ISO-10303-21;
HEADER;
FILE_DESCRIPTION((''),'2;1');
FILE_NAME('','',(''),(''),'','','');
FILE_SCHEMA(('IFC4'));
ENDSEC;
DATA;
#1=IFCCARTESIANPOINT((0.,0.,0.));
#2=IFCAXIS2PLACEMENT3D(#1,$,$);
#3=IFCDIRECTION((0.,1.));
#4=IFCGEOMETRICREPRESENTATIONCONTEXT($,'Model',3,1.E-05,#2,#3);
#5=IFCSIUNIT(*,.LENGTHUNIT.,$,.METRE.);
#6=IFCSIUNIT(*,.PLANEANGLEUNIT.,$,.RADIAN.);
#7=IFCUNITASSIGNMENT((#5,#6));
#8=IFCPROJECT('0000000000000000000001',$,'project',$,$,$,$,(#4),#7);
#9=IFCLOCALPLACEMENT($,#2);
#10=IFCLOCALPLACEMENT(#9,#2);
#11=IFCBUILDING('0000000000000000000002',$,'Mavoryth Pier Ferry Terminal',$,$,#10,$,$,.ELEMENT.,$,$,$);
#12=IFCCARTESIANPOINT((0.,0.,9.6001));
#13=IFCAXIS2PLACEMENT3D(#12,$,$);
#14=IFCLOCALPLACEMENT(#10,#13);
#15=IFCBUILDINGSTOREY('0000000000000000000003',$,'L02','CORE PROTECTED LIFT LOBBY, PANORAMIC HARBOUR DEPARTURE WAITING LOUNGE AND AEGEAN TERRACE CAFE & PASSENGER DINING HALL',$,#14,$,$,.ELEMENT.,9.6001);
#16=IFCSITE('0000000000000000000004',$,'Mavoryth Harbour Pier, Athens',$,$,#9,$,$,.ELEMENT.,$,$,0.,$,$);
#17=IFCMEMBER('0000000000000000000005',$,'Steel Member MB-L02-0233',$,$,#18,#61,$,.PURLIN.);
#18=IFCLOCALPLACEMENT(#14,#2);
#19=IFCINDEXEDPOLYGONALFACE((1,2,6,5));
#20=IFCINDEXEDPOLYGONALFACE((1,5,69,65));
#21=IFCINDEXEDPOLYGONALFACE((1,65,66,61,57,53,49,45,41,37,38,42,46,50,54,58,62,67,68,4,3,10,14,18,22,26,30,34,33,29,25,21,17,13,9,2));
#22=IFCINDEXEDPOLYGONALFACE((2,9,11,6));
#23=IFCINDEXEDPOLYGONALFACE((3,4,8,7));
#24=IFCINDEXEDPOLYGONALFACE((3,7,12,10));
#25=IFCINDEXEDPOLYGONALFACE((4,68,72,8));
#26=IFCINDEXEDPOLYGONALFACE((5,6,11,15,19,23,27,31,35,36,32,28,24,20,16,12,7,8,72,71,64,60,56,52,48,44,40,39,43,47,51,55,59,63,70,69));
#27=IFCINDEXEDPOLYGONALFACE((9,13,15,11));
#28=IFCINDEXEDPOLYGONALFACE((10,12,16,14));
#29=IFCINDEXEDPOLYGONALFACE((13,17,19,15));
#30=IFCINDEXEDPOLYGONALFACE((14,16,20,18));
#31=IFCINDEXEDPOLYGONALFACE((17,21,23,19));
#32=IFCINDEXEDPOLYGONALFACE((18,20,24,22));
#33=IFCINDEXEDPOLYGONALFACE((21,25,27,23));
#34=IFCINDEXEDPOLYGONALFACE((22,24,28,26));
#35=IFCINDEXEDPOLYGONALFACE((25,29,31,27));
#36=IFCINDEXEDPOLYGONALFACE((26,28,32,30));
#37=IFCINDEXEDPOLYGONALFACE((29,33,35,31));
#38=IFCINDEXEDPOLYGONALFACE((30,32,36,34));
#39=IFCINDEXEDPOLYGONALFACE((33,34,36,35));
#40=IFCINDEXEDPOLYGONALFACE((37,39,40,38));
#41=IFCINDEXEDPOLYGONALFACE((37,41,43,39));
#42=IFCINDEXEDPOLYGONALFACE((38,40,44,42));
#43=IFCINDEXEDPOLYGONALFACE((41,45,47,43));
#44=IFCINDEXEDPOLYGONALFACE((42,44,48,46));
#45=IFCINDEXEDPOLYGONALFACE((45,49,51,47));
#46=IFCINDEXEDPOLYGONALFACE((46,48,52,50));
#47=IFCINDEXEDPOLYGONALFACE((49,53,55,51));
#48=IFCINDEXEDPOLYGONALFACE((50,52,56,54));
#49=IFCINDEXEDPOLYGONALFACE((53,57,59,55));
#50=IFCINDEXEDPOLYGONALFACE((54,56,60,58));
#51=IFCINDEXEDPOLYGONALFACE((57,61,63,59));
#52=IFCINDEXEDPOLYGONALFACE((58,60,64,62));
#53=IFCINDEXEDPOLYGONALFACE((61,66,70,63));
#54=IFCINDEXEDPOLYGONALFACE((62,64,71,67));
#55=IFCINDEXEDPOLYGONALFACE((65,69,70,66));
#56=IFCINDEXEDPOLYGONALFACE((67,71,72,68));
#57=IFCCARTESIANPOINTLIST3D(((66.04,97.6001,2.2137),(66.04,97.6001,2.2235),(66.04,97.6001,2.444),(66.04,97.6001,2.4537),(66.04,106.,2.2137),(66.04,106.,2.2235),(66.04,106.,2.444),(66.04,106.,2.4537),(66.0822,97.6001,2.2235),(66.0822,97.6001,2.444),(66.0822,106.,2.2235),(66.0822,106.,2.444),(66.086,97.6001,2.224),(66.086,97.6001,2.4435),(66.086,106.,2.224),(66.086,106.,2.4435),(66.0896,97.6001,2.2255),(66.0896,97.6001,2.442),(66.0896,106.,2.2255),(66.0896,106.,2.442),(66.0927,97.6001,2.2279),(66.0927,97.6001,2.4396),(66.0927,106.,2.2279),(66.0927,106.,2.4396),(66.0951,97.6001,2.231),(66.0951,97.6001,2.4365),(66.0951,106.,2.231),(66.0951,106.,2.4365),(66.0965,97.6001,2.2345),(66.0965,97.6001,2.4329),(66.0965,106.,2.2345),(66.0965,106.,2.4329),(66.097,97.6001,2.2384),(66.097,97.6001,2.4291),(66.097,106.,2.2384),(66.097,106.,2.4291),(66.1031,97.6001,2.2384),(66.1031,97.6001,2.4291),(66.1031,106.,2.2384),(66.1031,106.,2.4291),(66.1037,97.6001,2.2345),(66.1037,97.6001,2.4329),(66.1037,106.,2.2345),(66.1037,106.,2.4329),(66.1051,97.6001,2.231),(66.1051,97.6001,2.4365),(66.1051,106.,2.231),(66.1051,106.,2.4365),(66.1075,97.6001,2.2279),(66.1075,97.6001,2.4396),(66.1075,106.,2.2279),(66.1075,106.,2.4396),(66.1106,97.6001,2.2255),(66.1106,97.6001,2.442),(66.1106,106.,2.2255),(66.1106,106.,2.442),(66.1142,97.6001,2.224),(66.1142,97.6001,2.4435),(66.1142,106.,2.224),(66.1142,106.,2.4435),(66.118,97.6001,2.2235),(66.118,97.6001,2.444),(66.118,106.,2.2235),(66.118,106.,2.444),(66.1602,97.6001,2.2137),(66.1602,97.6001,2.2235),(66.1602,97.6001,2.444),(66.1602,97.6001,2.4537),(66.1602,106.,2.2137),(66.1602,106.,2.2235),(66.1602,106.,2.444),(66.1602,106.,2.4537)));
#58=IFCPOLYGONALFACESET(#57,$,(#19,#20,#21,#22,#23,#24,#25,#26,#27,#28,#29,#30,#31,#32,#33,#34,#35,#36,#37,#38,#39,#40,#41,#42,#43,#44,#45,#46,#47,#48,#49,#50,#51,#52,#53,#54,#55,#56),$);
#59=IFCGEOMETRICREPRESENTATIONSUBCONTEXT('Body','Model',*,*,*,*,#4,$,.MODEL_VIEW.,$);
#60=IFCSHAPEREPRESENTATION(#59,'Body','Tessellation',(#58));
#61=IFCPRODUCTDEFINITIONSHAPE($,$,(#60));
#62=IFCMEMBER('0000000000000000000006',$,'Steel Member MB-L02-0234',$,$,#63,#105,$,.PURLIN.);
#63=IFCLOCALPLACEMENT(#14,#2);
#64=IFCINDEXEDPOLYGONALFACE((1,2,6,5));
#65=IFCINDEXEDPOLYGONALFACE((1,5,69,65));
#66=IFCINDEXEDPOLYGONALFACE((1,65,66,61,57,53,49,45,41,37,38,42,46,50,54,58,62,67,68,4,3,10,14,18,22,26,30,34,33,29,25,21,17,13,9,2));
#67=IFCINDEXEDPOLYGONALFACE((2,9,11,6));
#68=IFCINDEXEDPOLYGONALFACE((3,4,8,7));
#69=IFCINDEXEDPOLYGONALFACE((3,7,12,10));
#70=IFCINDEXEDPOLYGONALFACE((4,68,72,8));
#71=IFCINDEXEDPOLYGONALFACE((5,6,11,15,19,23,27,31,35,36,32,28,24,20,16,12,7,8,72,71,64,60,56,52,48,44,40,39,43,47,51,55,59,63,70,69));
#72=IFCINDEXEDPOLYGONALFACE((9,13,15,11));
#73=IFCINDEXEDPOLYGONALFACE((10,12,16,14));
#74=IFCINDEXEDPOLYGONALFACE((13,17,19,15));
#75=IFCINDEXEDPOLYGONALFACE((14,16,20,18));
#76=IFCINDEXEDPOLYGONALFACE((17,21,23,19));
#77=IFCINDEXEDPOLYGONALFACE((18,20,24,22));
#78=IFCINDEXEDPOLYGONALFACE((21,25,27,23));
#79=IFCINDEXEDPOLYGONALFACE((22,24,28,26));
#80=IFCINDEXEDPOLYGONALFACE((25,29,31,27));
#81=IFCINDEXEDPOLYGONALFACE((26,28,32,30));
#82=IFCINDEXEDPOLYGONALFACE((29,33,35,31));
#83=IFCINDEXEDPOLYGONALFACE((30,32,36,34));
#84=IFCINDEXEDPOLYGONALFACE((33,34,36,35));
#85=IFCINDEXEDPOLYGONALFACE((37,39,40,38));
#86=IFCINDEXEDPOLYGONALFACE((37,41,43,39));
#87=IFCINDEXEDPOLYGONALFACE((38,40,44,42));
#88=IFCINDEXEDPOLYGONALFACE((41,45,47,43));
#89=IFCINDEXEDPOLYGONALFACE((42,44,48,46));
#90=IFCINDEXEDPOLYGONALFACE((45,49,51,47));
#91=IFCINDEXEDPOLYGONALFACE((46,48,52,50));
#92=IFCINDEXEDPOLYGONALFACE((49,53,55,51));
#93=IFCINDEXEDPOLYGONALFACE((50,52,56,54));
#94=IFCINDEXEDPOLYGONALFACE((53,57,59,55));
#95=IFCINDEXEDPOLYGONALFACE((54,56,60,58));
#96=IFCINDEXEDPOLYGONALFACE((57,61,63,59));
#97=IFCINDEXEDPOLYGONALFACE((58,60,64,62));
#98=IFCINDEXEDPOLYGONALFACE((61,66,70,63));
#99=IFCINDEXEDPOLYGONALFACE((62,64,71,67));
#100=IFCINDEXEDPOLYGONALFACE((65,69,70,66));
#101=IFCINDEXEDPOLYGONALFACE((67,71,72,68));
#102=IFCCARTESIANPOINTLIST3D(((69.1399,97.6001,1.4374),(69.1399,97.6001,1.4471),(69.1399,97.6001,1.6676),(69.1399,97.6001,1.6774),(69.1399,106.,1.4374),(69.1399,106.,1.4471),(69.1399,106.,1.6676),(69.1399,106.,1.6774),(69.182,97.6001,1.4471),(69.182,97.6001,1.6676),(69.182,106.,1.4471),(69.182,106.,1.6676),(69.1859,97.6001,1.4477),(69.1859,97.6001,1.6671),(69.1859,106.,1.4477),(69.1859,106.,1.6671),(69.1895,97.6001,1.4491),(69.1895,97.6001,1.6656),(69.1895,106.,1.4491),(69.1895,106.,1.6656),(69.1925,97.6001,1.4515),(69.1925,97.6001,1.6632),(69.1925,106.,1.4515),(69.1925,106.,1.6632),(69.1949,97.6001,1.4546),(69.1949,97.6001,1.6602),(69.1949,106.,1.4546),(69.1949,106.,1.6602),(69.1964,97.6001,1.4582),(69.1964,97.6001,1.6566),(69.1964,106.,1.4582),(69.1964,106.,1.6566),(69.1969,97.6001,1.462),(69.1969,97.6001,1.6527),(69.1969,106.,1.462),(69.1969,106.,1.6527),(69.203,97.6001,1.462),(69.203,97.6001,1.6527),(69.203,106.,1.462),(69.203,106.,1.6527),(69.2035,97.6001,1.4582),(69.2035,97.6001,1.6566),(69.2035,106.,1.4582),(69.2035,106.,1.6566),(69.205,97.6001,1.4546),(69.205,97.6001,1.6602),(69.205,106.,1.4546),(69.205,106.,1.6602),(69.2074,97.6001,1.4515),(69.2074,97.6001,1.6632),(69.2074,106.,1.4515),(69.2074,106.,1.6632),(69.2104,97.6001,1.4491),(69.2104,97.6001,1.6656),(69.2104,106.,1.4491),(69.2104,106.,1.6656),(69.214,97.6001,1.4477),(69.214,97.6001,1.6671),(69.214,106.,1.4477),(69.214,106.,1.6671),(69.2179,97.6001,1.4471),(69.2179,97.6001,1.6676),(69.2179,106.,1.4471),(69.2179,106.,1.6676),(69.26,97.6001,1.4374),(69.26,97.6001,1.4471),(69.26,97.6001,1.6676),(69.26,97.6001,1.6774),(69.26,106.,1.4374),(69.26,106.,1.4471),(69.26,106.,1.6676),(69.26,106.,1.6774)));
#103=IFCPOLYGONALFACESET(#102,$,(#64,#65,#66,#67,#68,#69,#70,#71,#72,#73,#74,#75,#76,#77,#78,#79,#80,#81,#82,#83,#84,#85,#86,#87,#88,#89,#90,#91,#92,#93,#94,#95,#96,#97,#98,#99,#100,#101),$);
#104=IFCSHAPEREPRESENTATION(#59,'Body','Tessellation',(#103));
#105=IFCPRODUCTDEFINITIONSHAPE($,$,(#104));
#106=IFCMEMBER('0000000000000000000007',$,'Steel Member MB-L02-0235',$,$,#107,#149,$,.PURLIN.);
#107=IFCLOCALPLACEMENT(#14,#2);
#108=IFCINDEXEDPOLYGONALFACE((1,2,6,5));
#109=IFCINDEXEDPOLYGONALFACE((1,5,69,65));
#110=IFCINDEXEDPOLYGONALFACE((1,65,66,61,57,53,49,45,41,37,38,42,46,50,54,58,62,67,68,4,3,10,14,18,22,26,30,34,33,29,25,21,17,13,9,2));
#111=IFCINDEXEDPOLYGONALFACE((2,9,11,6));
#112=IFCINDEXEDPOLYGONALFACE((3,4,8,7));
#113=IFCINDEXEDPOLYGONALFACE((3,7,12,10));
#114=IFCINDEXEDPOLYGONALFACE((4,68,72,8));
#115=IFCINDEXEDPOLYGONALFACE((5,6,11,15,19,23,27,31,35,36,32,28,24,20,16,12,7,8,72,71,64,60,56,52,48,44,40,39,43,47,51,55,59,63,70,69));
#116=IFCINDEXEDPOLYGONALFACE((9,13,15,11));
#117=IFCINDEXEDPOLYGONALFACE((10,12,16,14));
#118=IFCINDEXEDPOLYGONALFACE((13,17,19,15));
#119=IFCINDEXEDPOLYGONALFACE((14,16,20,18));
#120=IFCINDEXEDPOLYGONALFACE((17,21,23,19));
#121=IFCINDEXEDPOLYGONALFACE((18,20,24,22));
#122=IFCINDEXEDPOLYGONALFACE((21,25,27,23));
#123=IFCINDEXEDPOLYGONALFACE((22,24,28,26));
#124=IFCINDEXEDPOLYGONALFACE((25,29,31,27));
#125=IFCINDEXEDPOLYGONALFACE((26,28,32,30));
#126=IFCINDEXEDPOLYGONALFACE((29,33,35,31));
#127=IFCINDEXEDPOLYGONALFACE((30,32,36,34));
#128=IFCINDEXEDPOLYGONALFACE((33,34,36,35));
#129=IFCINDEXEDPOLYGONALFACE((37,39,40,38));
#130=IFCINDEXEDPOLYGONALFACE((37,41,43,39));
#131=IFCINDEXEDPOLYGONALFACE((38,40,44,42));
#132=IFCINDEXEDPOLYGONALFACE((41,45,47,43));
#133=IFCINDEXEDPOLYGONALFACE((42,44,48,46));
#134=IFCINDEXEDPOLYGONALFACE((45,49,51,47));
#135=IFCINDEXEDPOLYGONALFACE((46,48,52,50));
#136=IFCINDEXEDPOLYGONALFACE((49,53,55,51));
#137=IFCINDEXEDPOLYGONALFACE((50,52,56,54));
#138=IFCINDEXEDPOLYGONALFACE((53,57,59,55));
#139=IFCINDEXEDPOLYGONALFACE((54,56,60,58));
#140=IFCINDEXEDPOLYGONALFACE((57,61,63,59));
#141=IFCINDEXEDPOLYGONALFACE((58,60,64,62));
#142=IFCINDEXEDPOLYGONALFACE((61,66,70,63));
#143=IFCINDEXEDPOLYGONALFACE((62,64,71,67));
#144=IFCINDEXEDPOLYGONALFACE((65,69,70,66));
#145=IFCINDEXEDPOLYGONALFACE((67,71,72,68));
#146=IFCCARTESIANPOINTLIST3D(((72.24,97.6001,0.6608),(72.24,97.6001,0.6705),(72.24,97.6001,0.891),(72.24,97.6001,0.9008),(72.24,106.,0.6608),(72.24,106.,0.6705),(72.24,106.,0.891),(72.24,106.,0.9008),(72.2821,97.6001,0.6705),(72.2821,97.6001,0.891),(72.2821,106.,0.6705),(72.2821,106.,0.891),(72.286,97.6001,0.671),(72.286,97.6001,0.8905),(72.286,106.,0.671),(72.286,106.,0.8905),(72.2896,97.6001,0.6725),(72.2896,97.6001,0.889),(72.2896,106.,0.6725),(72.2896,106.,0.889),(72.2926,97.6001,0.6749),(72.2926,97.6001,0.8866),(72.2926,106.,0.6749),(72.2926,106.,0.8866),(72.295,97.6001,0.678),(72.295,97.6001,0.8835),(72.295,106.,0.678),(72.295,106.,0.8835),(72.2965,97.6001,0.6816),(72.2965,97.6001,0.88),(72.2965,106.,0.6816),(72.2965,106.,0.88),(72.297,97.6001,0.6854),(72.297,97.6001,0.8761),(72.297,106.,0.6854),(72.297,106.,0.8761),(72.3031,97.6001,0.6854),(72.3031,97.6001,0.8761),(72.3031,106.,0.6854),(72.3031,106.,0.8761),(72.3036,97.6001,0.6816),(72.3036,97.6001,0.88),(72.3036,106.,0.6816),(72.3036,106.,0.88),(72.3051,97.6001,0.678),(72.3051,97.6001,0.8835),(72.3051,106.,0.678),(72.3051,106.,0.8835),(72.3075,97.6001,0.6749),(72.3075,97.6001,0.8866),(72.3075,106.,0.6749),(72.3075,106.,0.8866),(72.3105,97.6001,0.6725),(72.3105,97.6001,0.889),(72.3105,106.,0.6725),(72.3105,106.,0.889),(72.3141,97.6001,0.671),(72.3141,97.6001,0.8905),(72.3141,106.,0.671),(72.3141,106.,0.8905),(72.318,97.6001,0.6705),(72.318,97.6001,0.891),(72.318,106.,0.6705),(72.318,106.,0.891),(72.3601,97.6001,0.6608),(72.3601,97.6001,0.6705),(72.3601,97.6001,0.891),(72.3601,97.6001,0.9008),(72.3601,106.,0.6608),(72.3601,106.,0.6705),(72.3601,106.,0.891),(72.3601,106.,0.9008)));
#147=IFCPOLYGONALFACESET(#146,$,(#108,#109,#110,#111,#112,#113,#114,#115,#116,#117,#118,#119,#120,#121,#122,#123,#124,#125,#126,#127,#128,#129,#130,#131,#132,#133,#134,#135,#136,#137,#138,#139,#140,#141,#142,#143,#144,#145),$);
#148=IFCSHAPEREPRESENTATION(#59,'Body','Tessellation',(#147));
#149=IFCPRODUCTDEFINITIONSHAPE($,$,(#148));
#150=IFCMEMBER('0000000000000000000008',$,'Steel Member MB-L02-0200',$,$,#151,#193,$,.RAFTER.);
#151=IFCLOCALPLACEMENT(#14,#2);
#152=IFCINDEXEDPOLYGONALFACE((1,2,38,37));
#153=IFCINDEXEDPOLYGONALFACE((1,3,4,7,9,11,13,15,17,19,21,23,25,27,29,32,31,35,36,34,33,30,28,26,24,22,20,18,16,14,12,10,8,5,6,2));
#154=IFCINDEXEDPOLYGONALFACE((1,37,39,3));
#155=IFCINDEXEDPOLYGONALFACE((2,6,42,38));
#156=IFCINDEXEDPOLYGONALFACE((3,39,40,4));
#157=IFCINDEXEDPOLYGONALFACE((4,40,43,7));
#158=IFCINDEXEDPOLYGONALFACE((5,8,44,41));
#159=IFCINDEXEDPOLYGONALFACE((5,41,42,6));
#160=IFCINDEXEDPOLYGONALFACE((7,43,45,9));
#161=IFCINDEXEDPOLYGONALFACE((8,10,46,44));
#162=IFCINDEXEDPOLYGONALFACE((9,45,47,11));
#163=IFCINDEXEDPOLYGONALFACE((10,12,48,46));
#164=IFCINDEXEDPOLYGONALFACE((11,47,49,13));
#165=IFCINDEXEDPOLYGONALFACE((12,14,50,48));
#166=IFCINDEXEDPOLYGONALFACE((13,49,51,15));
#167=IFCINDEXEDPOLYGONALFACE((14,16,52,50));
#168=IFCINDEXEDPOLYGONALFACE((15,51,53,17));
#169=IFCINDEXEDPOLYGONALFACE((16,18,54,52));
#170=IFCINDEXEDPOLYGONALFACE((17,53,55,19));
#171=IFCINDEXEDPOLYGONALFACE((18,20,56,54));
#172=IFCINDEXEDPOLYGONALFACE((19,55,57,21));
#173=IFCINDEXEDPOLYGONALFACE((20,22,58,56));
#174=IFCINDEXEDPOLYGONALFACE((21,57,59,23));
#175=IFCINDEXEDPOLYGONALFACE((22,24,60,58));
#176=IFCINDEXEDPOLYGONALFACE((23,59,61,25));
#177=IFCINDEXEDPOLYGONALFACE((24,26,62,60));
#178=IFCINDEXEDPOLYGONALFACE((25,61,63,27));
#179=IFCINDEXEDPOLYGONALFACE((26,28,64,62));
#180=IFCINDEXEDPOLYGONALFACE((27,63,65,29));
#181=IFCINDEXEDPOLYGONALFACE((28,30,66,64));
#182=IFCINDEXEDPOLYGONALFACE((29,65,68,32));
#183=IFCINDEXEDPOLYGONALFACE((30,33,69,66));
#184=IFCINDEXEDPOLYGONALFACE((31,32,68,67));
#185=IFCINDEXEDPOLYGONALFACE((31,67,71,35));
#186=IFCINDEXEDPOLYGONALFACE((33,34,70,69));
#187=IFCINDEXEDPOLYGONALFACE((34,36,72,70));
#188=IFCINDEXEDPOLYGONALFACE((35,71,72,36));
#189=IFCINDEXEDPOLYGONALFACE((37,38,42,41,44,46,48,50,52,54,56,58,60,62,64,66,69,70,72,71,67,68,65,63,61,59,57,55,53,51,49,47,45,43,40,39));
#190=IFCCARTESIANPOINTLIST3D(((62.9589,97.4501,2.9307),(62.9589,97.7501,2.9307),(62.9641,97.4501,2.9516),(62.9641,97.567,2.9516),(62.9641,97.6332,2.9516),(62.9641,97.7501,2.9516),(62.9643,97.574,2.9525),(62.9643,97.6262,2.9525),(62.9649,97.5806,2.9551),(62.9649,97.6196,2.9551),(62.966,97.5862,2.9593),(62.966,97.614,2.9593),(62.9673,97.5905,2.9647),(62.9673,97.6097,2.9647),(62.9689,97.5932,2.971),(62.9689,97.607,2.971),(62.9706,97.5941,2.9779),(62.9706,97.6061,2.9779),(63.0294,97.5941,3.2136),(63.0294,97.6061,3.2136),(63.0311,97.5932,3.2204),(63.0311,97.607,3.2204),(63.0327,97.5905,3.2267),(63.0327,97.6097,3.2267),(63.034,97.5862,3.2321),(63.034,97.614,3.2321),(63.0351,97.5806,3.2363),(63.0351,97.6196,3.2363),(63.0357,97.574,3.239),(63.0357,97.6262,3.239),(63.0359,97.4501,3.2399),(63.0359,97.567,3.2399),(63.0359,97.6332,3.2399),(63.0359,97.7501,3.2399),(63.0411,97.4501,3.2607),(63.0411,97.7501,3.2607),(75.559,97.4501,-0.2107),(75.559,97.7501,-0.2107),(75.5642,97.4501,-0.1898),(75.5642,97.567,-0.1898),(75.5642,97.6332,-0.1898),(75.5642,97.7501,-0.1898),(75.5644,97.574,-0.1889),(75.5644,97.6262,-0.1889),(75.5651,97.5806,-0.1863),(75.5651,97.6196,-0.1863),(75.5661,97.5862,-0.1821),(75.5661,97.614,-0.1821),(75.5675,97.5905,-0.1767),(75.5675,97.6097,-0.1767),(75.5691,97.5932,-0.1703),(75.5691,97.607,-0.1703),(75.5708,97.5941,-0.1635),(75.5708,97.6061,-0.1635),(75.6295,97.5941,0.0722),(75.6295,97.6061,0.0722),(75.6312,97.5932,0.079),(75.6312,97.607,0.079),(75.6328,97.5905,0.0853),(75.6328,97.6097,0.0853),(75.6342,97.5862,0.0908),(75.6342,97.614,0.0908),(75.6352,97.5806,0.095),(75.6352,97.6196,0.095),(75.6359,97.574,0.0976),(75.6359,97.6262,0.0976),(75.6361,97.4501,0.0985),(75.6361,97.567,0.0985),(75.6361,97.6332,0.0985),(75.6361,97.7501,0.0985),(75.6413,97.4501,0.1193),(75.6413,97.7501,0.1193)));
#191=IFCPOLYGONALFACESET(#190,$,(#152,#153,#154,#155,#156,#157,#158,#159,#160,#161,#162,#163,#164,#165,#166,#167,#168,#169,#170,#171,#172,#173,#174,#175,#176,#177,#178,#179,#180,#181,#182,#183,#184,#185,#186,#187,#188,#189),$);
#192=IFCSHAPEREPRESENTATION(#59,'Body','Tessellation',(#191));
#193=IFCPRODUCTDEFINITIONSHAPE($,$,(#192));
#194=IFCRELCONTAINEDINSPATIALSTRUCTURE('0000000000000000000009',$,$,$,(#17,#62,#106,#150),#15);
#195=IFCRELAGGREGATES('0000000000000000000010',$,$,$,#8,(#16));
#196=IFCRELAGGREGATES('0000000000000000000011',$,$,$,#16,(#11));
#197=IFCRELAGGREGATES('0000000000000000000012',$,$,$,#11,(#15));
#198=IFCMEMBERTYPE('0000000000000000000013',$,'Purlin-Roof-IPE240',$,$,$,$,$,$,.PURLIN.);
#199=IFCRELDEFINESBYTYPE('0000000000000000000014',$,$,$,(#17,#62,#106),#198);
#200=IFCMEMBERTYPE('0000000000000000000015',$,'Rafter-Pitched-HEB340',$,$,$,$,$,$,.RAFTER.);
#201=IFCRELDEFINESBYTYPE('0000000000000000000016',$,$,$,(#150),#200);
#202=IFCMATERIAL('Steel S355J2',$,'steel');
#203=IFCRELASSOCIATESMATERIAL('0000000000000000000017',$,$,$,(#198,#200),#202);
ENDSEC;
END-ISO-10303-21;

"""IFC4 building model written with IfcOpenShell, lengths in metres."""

from ifc_helpers import new_model, si_unit, direction, frame, origin, origin_2d, place, context, subcontext, project, spatial, i_section, extrude, material, material_profile, profile_set, type_object, element, save


model = new_model("IFC4")

# Units and contexts
model_context = context("Model", 3, precision=1e-05, world=origin(), true_north=direction((0.0, 1.0)))
body_context = subcontext(model_context, "Body", "Model", "MODEL_VIEW")
ifc_project = project(units=[si_unit("LENGTHUNIT", "METRE"), si_unit("PLANEANGLEUNIT", "RADIAN")], contexts=[model_context])

# Site, building, storey
site_placement = place(None, origin())
site = spatial("IfcSite", under=ifc_project, at=site_placement, Name="Mavoryth Harbour Pier, Athens", CompositionType="ELEMENT", RefElevation=0.0)
building_placement = place(site_placement, origin())
building = spatial("IfcBuilding", under=site, at=building_placement, Name="Mavoryth Pier Ferry Terminal", CompositionType="ELEMENT")
storey_placement = place(building_placement, frame((0.0, 0.0, 9.6001)))
storey = spatial("IfcBuildingStorey", under=building, at=storey_placement, Name="L02", Description="CORE PROTECTED LIFT LOBBY, PANORAMIC HARBOUR DEPARTURE WAITING LOUNGE AND AEGEAN TERRACE CAFE & PASSENGER DINING HALL", CompositionType="ELEMENT", Elevation=9.6001)

# Members
ifc_material_1 = material(Name="Steel S355J2", Category="steel")
ifc_material_profile_1 = material_profile(ifc_material_1, i_section(OverallWidth=0.1201, OverallDepth=0.24, WebThickness=0.0061, FlangeThickness=0.0098, FilletRadius=0.0149, at=origin_2d()), Name="IPE 240", Category="steel")
ifc_profile_set_1 = profile_set([ifc_material_profile_1], Name="Steel S355J2 - IPE 240")
member_type_1 = type_object("IfcMemberType", Name="Purlin-Roof-IPE240", PredefinedType="PURLIN", material=ifc_profile_set_1)
for number, where, z_axis, x_axis, name in (
    (1, (66.1001, 97.6001, 2.3337), (0.0, 1.0, 0.0), (-1.0, 0.0, 0.0), "Steel Member MB-L02-0233"),
    (2, (69.2, 97.6001, 1.5574), (0.0, 1.0, 0.0), (-1.0, 0.0, 0.0), "Steel Member MB-L02-0234"),
    (3, (72.3, 97.6001, 0.7808), (0.0, 1.0, 0.0), (-1.0, 0.0, 0.0), "Steel Member MB-L02-0235"),
):
    element("IfcMember", number, at=place(storey_placement, frame(where, z_axis=z_axis, x_axis=x_axis)), inside=storey, type_object=member_type_1, Name=name, PredefinedType="PURLIN", context=body_context, shape_type="SweptSolid", body=[
        extrude(i_section(OverallWidth=0.1201, OverallDepth=0.24, WebThickness=0.0061, FlangeThickness=0.0098, FilletRadius=0.0149, at=origin_2d()), origin(), (0.0, 0.0, 1.0), 8.3999),
    ])
ifc_material_profile_2 = material_profile(ifc_material_1, i_section(OverallWidth=0.3, OverallDepth=0.3401, WebThickness=0.012, FlangeThickness=0.0215, FilletRadius=0.0271, at=origin_2d()), Name="HEB 340", Category="steel")
ifc_profile_set_2 = profile_set([ifc_material_profile_2], Name="Steel S355J2 - HEB 340")
member_type_2 = type_object("IfcMemberType", Name="Rafter-Pitched-HEB340", PredefinedType="RAFTER", material=ifc_profile_set_2)
member_1_placement = place(storey_placement, frame((63.0, 97.6001, 3.0957), z_axis=(0.970299, 0.0, -0.241907), x_axis=(0.0, 1.0, 0.0)))
element("IfcMember", 4, at=member_1_placement, inside=storey, type_object=member_type_2, Name="Steel Member MB-L02-0200", PredefinedType="RAFTER", context=body_context, shape_type="SweptSolid", body=[
    extrude(i_section(OverallWidth=0.3, OverallDepth=0.3401, WebThickness=0.012, FlangeThickness=0.0215, FilletRadius=0.0271, at=origin_2d()), origin(), (0.0, 0.0, 1.0), 12.9858),
])

save(model, "model.ifc")
